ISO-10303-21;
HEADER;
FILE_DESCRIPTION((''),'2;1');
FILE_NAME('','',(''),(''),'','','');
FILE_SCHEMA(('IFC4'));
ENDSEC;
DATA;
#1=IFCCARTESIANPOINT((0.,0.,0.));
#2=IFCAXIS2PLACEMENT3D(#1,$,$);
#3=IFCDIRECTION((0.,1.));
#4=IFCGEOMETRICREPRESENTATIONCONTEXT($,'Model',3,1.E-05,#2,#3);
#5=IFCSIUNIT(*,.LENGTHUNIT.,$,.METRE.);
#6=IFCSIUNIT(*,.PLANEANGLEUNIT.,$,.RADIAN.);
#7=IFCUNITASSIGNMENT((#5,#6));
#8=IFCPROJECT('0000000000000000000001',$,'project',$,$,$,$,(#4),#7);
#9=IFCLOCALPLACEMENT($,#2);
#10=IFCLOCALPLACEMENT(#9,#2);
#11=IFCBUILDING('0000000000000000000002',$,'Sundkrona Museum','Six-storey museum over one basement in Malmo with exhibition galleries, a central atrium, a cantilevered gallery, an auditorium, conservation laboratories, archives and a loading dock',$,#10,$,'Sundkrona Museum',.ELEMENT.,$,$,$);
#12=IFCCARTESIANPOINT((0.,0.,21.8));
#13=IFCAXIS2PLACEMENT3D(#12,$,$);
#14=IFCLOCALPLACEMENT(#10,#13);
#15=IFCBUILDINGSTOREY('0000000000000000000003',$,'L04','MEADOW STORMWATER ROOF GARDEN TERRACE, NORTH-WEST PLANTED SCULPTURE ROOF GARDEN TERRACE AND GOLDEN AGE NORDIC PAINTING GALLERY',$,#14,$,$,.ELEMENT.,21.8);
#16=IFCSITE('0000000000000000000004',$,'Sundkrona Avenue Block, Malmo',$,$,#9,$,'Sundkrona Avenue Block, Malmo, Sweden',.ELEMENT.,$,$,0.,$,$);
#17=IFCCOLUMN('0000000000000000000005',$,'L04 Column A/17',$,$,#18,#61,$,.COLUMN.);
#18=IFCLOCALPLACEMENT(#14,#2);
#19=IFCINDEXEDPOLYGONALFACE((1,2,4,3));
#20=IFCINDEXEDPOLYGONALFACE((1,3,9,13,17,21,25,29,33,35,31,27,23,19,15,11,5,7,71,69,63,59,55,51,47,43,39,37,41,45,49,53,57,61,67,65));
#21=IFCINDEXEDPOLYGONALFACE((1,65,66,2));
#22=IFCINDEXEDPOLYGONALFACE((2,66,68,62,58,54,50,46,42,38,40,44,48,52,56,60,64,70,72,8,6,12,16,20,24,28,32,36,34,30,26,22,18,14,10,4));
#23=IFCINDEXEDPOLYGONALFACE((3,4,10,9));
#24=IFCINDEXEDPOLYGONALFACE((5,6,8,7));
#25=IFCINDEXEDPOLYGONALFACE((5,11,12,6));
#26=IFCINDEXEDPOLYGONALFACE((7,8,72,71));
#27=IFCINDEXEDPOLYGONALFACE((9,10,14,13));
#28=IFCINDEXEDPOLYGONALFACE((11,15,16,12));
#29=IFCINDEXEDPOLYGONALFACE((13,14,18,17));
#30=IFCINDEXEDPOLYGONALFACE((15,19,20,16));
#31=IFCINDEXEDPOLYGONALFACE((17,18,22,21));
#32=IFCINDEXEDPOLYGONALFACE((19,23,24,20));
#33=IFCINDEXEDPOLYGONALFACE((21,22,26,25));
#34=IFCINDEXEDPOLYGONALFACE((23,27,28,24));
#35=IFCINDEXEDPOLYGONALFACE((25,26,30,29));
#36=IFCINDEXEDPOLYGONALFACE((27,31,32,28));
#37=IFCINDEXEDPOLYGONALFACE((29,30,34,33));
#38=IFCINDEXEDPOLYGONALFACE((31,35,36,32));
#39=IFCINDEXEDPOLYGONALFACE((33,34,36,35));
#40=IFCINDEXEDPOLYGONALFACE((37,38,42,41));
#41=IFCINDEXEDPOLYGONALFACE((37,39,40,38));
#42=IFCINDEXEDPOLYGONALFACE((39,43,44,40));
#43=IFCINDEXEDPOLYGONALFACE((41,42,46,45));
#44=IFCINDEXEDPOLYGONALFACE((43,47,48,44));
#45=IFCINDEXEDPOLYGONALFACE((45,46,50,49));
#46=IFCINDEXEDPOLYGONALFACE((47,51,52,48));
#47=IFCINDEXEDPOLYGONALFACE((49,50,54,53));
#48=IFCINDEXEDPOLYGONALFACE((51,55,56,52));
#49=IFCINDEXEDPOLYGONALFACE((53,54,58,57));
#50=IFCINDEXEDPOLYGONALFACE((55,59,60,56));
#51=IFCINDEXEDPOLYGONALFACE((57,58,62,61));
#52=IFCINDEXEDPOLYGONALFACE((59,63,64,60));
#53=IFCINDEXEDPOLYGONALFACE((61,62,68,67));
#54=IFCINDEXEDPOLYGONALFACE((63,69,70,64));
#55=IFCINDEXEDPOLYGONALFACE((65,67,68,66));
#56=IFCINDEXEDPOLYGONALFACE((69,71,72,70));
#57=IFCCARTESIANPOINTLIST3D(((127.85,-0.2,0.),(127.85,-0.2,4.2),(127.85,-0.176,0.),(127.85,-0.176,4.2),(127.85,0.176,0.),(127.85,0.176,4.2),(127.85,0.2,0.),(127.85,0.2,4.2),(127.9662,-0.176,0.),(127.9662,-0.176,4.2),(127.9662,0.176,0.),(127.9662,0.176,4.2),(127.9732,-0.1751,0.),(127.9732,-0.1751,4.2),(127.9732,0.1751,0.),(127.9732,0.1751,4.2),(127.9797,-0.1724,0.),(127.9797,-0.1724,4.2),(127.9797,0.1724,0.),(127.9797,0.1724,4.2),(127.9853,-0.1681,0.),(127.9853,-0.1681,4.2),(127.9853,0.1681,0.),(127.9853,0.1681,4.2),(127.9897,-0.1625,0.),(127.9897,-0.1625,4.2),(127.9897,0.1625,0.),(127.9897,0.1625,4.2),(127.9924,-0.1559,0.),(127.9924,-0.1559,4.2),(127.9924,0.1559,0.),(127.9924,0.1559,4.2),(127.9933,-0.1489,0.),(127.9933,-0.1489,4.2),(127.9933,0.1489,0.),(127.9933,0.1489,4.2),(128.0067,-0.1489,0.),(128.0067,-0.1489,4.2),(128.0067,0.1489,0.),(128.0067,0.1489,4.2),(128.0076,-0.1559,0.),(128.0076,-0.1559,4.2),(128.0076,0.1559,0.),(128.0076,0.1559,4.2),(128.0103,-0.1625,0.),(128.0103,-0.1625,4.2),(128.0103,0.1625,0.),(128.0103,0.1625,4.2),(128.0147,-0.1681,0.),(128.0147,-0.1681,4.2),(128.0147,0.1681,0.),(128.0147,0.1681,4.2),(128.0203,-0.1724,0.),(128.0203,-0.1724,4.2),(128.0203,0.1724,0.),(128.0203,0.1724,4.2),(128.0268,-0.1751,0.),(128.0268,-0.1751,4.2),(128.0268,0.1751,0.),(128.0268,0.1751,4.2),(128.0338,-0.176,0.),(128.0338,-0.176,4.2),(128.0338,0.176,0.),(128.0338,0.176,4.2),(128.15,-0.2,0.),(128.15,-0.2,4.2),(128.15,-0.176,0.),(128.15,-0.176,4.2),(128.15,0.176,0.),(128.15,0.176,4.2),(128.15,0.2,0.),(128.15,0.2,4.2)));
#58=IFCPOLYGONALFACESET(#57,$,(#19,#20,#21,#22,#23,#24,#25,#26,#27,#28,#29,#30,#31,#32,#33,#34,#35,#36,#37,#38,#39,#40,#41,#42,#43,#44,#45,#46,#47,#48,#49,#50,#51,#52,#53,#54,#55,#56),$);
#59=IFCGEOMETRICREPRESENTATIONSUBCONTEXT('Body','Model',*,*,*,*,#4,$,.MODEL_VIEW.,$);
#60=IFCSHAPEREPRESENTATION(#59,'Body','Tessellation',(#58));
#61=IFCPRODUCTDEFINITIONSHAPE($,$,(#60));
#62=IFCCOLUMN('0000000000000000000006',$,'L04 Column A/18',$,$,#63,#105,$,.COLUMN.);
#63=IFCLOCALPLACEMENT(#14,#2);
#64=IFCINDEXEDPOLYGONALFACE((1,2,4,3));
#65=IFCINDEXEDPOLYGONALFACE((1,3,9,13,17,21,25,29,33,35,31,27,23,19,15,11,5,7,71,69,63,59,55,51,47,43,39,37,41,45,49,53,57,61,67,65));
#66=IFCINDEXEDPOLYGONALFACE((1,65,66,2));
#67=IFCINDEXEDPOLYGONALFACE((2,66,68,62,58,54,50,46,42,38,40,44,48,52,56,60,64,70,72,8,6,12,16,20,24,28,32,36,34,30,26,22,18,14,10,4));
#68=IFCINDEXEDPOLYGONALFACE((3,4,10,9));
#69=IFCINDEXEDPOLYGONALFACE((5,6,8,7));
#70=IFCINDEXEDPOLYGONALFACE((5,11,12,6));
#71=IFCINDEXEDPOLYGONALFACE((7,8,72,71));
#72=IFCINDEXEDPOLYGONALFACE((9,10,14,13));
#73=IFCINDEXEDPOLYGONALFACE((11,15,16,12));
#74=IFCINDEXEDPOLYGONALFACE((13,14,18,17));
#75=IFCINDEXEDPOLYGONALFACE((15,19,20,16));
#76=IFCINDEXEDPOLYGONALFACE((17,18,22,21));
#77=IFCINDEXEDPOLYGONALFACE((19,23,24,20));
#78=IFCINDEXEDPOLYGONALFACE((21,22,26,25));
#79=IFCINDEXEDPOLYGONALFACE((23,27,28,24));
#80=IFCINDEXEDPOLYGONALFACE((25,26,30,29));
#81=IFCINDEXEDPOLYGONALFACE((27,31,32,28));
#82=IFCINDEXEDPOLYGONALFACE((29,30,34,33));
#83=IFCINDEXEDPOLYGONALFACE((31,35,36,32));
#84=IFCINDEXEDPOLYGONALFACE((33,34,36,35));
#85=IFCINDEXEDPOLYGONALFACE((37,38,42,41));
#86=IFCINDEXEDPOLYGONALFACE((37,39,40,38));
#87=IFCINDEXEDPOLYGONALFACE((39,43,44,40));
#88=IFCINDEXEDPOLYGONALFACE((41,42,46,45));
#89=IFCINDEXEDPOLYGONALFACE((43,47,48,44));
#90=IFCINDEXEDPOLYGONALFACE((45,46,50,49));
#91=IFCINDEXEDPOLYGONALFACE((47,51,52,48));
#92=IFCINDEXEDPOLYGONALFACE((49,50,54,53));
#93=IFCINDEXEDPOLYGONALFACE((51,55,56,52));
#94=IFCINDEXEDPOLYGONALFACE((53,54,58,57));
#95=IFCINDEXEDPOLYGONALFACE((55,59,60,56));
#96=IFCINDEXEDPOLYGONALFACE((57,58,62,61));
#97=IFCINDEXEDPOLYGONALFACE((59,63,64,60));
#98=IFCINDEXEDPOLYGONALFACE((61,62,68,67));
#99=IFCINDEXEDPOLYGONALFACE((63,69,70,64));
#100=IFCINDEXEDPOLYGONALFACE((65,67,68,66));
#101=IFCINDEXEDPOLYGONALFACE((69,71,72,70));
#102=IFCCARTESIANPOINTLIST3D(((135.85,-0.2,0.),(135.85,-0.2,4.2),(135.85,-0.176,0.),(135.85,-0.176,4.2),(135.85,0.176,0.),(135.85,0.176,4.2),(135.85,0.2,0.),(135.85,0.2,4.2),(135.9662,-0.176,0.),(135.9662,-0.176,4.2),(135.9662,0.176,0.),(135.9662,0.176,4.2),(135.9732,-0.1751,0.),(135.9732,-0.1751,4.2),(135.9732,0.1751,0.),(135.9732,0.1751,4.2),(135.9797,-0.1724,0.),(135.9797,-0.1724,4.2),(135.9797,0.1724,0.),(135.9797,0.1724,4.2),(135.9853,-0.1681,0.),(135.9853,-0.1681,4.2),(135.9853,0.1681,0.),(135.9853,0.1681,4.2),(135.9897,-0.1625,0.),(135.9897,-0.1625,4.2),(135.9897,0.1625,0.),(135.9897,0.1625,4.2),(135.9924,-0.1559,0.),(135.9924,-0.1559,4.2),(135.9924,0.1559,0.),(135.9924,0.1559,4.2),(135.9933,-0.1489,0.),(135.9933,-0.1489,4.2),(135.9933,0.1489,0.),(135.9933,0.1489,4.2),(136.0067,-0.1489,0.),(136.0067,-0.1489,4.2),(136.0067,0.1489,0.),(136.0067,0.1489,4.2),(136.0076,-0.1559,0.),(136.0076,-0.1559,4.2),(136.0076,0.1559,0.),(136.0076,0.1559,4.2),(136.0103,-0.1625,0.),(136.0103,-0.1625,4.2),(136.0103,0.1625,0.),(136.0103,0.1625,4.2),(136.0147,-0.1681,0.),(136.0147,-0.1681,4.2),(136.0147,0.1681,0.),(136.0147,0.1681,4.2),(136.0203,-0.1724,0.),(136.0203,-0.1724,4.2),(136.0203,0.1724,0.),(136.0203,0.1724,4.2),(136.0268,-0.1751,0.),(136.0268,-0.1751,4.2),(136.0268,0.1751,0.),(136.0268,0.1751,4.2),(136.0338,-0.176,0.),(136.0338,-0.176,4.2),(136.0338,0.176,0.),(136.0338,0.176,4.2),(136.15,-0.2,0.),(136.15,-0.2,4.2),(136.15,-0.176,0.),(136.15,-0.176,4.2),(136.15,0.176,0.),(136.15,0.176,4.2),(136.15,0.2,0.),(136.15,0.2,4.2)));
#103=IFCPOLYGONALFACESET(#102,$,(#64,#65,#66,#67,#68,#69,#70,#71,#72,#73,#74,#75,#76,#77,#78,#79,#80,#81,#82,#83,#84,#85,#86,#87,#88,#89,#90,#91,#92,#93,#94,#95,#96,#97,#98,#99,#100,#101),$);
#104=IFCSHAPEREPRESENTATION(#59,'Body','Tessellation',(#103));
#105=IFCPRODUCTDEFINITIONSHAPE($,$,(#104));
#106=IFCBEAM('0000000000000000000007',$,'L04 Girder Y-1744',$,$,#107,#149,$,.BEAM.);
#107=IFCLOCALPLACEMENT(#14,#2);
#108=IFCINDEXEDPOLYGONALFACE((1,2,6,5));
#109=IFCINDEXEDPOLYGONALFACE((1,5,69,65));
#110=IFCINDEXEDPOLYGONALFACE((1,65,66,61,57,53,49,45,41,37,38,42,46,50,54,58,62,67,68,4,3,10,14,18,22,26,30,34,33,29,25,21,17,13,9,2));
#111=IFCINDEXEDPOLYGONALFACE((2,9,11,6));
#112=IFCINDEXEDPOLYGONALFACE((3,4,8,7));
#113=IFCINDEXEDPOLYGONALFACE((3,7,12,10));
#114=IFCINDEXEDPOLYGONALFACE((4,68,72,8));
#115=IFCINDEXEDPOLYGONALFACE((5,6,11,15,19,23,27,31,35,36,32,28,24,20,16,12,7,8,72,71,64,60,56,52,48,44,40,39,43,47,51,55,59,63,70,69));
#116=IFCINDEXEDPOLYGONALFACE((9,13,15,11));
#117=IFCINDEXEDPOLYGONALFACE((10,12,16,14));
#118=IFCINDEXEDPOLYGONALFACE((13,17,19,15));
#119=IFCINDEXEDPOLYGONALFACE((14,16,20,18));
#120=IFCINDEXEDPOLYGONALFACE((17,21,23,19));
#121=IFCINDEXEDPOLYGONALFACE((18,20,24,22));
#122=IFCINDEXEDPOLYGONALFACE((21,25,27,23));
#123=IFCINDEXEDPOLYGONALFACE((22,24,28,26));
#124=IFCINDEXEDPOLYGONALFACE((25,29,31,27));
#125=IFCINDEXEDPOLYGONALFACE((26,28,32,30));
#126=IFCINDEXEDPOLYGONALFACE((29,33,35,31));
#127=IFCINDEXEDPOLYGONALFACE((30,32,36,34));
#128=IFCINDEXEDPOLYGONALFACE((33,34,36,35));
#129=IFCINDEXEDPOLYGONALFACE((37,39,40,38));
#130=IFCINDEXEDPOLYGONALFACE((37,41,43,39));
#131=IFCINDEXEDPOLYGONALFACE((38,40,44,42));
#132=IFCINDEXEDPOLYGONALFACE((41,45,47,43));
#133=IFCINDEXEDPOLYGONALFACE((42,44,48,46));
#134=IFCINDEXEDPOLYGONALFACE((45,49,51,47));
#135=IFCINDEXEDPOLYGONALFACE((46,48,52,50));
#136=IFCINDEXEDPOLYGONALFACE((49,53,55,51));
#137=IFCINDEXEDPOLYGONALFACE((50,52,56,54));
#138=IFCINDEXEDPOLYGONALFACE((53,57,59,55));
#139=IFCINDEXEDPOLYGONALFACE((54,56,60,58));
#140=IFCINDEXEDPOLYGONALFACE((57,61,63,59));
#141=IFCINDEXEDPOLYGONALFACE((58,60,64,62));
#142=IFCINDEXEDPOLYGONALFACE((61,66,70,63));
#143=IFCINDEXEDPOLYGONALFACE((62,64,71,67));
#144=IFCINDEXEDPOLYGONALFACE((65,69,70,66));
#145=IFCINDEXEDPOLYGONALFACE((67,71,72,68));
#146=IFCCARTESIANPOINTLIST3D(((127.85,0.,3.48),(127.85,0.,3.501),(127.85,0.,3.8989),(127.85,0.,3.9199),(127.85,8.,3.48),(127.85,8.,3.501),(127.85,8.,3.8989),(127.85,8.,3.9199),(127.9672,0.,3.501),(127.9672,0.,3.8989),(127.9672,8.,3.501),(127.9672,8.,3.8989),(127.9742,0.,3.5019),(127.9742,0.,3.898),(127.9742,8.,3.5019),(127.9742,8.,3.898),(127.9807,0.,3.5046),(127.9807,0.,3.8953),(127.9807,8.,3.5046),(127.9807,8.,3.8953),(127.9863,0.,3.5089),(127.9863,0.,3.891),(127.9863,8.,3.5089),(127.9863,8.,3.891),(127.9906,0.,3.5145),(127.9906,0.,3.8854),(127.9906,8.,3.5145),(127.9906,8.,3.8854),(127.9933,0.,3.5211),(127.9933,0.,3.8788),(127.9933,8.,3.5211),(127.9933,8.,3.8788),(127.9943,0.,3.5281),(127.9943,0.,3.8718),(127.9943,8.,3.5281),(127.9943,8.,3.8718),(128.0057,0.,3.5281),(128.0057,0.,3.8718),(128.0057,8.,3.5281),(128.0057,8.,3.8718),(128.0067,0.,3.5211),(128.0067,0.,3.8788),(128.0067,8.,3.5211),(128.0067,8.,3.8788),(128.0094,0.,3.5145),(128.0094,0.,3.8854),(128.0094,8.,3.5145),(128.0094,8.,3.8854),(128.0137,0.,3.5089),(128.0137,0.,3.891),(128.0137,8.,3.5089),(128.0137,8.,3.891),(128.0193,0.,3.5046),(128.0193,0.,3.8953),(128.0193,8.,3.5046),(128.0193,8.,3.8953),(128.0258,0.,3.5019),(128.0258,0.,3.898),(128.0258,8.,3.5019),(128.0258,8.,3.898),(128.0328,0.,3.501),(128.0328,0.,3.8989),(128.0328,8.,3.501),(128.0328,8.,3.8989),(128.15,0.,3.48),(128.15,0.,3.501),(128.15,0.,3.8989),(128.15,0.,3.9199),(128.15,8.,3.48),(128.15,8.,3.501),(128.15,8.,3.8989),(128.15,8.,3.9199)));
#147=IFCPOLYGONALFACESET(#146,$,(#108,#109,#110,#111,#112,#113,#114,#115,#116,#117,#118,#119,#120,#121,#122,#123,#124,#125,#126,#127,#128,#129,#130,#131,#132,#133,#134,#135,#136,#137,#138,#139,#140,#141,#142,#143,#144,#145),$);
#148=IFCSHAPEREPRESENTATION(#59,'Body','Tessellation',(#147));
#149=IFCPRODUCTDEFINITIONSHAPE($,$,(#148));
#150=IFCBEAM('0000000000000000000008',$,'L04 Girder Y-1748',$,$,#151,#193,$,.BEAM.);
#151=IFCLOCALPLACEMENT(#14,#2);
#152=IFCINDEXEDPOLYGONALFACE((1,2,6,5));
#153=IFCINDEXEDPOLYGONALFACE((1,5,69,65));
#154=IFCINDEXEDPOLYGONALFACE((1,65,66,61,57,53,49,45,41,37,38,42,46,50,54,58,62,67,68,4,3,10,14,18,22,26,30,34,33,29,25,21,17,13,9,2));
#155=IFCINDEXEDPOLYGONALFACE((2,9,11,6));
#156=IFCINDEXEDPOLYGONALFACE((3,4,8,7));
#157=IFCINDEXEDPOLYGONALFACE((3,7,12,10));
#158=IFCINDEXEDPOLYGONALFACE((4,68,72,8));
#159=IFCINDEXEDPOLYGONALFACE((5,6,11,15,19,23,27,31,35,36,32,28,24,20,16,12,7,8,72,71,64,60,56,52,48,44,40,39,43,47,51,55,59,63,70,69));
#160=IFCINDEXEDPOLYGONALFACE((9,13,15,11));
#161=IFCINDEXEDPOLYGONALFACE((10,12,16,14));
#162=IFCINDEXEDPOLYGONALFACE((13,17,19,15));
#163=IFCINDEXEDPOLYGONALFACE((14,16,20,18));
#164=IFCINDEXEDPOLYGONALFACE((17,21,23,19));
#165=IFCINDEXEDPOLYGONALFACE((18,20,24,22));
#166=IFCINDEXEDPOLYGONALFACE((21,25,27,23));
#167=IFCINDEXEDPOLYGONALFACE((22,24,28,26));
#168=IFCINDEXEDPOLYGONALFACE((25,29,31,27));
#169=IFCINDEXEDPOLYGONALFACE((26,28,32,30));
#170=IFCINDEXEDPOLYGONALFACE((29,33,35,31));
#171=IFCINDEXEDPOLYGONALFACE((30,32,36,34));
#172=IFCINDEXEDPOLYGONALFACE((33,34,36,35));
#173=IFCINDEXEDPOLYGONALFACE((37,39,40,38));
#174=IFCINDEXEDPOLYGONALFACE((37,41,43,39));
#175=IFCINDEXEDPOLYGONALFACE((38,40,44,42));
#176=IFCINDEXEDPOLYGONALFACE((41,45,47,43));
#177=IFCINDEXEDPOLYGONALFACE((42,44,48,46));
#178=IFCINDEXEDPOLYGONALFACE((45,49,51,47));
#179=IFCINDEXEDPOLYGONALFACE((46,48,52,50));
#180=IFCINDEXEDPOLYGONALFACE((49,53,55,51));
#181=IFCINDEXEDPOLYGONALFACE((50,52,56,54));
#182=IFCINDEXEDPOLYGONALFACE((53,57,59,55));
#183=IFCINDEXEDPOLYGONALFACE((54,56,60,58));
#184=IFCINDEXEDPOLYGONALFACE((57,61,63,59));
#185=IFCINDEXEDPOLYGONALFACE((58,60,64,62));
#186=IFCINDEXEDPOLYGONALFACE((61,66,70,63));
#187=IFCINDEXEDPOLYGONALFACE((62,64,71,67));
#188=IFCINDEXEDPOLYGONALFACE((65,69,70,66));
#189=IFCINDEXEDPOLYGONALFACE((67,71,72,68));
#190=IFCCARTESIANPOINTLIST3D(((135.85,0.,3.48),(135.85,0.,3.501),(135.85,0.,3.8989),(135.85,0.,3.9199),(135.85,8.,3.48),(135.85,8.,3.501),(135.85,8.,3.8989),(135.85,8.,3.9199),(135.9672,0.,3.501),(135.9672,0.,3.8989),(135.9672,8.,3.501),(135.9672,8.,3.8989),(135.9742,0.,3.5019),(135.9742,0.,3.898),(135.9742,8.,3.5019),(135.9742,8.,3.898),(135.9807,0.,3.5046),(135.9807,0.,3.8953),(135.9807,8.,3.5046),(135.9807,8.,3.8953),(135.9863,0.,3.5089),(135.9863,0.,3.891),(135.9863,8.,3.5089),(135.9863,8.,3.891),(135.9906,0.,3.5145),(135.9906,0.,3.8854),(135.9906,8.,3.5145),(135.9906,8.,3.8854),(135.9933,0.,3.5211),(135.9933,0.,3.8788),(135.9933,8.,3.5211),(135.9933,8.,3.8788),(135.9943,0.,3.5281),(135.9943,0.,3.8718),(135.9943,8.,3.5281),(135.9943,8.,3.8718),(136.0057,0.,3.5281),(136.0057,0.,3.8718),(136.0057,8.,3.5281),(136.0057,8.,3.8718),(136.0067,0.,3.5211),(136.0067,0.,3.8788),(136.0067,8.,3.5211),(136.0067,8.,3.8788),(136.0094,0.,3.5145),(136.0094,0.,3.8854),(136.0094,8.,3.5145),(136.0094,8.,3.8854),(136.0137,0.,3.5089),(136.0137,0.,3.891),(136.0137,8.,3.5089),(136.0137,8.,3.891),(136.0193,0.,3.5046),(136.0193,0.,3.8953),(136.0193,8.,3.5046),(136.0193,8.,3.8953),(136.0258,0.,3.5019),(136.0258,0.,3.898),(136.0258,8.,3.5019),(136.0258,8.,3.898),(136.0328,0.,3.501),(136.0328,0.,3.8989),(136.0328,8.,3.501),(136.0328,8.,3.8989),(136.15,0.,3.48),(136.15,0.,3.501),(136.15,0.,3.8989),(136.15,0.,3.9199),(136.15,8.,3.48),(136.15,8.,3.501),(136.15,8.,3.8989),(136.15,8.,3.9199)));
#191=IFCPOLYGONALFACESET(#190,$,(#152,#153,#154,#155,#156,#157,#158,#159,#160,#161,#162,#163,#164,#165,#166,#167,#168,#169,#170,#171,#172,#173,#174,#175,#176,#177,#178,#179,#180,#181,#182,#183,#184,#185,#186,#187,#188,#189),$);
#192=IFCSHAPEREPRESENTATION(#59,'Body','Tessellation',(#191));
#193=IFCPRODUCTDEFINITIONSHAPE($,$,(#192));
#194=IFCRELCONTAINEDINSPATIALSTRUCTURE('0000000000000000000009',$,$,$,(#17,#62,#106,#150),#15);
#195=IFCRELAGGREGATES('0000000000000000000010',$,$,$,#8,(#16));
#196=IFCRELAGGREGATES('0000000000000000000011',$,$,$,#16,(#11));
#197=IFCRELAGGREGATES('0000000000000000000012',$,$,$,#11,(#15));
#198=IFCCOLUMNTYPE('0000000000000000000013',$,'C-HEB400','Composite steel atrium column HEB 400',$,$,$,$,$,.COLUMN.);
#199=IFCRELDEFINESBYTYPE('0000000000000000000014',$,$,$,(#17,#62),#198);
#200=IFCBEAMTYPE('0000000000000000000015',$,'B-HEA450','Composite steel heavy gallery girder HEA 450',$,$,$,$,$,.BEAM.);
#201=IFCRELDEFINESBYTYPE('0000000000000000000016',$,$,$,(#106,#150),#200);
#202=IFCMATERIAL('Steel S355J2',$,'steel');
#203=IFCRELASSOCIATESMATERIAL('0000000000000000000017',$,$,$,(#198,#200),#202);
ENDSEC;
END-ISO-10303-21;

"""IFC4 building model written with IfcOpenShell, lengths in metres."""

from ifc_helpers import new_model, si_unit, direction, frame, origin, origin_2d, place, context, subcontext, project, spatial, i_section, extrude, material, material_profile, profile_set, type_object, element, save


model = new_model("IFC4")

# Units and contexts
model_context = context("Model", 3, precision=1e-05, world=origin(), true_north=direction((0.0, 1.0)))
body_context = subcontext(model_context, "Body", "Model", "MODEL_VIEW")
ifc_project = project(units=[si_unit("LENGTHUNIT", "METRE"), si_unit("PLANEANGLEUNIT", "RADIAN")], contexts=[model_context])

# Site, building, storey
site_placement = place(None, origin())
site = spatial("IfcSite", under=ifc_project, at=site_placement, Name="Sundkrona Avenue Block, Malmo", LongName="Sundkrona Avenue Block, Malmo, Sweden", CompositionType="ELEMENT", RefElevation=0.0)
building_placement = place(site_placement, origin())
building = spatial("IfcBuilding", under=site, at=building_placement, Name="Sundkrona Museum", Description="Six-storey museum over one basement in Malmo with exhibition galleries, a central atrium, a cantilevered gallery, an auditorium, conservation laboratories, archives and a loading dock", LongName="Sundkrona Museum", CompositionType="ELEMENT")
storey_placement = place(building_placement, frame((0.0, 0.0, 21.8)))
storey = spatial("IfcBuildingStorey", under=building, at=storey_placement, Name="L04", Description="MEADOW STORMWATER ROOF GARDEN TERRACE, NORTH-WEST PLANTED SCULPTURE ROOF GARDEN TERRACE AND GOLDEN AGE NORDIC PAINTING GALLERY", CompositionType="ELEMENT", Elevation=21.8)

# Columns
ifc_material_1 = material(Name="Steel S355J2", Category="steel")
ifc_material_profile_1 = material_profile(ifc_material_1, i_section(OverallWidth=0.3, OverallDepth=0.3999, WebThickness=0.0134, FlangeThickness=0.0239, FilletRadius=0.0271, at=origin_2d()), Name="HEB 400")
ifc_profile_set_1 = profile_set([ifc_material_profile_1], Name="Steel S355J2")
column_type = type_object("IfcColumnType", Name="C-HEB400", Description="Composite steel atrium column HEB 400", PredefinedType="COLUMN", material=ifc_profile_set_1)
for number, where, z_axis, x_axis, name in (
    (1, (128.0, 0.0, 0.0), (0.0, 0.0, 1.0), (1.0, 0.0, 0.0), "L04 Column A/17"),
    (2, (136.0, 0.0, 0.0), (0.0, 0.0, 1.0), (1.0, 0.0, 0.0), "L04 Column A/18"),
):
    element("IfcColumn", number, at=place(storey_placement, frame(where, z_axis=z_axis, x_axis=x_axis)), inside=storey, type_object=column_type, Name=name, PredefinedType="COLUMN", context=body_context, shape_type="SweptSolid", body=[
        extrude(i_section(OverallWidth=0.3, OverallDepth=0.3999, WebThickness=0.0134, FlangeThickness=0.0239, FilletRadius=0.0271, at=origin_2d()), origin(), (0.0, 0.0, 1.0), 4.2),
    ])

# Beams
ifc_material_profile_2 = material_profile(ifc_material_1, i_section(OverallWidth=0.3, OverallDepth=0.4399, WebThickness=0.0115, FlangeThickness=0.021, FilletRadius=0.0271, at=origin_2d()), Name="HEA 450")
ifc_profile_set_2 = profile_set([ifc_material_profile_2], Name="Steel S355J2")
beam_type_1 = type_object("IfcBeamType", Name="B-HEA450", Description="Composite steel heavy gallery girder HEA 450", PredefinedType="BEAM", material=ifc_profile_set_2)
for number, where, z_axis, x_axis, name in (
    (3, (128.0, 0.0, 3.7), (0.0, 1.0, 0.0), (-1.0, 0.0, 0.0), "L04 Girder Y-1744"),
    (4, (136.0, 0.0, 3.7), (0.0, 1.0, 0.0), (-1.0, 0.0, 0.0), "L04 Girder Y-1748"),
):
    element("IfcBeam", number, at=place(storey_placement, frame(where, z_axis=z_axis, x_axis=x_axis)), inside=storey, type_object=beam_type_1, Name=name, PredefinedType="BEAM", context=body_context, shape_type="SweptSolid", body=[
        extrude(i_section(OverallWidth=0.3, OverallDepth=0.4399, WebThickness=0.0115, FlangeThickness=0.021, FilletRadius=0.0271, at=origin_2d()), origin(), (0.0, 0.0, 1.0), 8.0),
    ])

save(model, "model.ifc")
